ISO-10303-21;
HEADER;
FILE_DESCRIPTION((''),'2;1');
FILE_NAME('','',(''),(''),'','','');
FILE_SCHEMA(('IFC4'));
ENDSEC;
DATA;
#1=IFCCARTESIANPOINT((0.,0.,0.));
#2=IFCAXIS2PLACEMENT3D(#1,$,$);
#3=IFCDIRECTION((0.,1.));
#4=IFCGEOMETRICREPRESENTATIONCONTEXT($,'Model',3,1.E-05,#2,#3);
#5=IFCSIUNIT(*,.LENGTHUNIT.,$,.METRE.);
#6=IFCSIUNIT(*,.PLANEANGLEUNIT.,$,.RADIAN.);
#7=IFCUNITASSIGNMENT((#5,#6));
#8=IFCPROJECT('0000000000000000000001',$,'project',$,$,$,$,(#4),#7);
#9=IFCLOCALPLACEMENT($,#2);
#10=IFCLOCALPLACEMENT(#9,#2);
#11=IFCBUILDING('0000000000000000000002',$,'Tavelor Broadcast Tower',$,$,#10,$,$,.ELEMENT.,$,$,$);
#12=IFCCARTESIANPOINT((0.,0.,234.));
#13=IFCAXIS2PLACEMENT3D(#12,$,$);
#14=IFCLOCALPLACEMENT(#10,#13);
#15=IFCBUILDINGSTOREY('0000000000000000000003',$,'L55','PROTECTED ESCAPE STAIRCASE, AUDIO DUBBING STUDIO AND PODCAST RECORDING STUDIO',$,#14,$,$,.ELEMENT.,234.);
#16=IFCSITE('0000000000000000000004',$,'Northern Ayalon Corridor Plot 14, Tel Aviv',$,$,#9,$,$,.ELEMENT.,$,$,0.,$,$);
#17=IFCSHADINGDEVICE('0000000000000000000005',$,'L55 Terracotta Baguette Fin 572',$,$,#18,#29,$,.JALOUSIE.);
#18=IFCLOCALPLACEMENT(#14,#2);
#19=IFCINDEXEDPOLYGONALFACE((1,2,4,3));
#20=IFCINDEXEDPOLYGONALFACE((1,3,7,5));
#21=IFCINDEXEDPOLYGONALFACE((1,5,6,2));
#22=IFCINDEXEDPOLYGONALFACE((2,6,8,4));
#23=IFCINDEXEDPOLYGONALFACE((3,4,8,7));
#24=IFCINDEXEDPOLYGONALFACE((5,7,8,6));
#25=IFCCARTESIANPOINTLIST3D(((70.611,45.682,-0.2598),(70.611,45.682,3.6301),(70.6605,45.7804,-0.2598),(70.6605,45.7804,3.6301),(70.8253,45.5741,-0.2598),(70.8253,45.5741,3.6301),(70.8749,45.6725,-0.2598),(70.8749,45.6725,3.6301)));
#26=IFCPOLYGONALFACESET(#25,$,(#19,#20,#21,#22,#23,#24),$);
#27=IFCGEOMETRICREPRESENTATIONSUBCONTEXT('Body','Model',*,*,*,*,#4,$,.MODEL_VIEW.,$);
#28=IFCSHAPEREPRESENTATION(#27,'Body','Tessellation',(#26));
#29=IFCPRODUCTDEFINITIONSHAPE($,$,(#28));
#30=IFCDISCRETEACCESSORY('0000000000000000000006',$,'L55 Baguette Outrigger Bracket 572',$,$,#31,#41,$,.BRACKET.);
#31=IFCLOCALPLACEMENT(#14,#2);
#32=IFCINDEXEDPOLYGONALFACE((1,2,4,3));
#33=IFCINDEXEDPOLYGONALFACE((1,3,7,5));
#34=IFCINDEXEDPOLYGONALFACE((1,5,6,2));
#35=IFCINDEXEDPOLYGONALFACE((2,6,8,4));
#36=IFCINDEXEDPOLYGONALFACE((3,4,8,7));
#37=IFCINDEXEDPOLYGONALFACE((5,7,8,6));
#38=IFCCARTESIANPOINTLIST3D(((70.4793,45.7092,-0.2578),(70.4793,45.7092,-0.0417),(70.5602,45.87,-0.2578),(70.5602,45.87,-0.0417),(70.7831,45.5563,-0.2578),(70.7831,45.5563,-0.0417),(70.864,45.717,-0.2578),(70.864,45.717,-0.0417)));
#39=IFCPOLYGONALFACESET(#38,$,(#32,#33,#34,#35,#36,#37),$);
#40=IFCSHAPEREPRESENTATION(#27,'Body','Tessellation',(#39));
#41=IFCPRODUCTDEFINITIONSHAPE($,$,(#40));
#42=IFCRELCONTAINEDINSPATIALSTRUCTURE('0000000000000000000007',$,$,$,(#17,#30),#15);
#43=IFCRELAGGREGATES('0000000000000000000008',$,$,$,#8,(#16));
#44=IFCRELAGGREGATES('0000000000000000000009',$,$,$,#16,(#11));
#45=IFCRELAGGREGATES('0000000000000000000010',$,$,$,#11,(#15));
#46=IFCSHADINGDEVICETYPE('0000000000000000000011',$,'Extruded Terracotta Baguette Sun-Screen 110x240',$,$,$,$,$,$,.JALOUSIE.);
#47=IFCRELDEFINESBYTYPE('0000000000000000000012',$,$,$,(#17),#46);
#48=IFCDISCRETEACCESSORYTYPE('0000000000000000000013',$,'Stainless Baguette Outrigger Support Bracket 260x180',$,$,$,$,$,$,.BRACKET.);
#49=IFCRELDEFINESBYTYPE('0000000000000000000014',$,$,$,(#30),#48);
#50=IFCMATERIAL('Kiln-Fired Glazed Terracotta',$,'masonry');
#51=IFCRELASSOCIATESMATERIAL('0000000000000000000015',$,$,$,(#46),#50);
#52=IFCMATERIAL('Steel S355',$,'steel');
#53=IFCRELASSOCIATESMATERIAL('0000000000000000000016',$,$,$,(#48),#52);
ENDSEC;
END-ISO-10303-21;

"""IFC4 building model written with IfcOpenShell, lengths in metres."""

from ifc_helpers import new_model, si_unit, direction, frame, origin, origin_2d, place, context, subcontext, project, spatial, rectangle, extrude, source, transform, mapped, material, type_object, type_shapes, element, save


model = new_model("IFC4")

# Units and contexts
model_context = context("Model", 3, precision=1e-05, world=origin(), true_north=direction((0.0, 1.0)))
body_context = subcontext(model_context, "Body", "Model", "MODEL_VIEW")
ifc_project = project(units=[si_unit("LENGTHUNIT", "METRE"), si_unit("PLANEANGLEUNIT", "RADIAN")], contexts=[model_context])

# Site, building, storey
site_placement = place(None, origin())
site = spatial("IfcSite", under=ifc_project, at=site_placement, Name="Northern Ayalon Corridor Plot 14, Tel Aviv", CompositionType="ELEMENT", RefElevation=0.0)
building_placement = place(site_placement, origin())
building = spatial("IfcBuilding", under=site, at=building_placement, Name="Tavelor Broadcast Tower", CompositionType="ELEMENT")
storey_placement = place(building_placement, frame((0.0, 0.0, 234.0)))
storey = spatial("IfcBuildingStorey", under=building, at=storey_placement, Name="L55", Description="PROTECTED ESCAPE STAIRCASE, AUDIO DUBBING STUDIO AND PODCAST RECORDING STUDIO", CompositionType="ELEMENT", Elevation=234.0)

# Shared definitions
ifc_material_1 = material(Name="Steel S355", Category="steel")

# Shading device
ifc_material_2 = material(Name="Kiln-Fired Glazed Terracotta", Category="masonry")
shading_device_type = type_object("IfcShadingDeviceType", Name="Extruded Terracotta Baguette Sun-Screen 110x240", PredefinedType="JALOUSIE", material=ifc_material_2)
shared_shape_1 = source(origin(), body_context, "Body", "SweptSolid", [
    extrude(rectangle(XDim=0.1101, YDim=0.24, at=origin_2d()), origin(), (0.0, 0.0, 1.0), 3.8899),
])
type_shapes(shading_device_type, [shared_shape_1])
shading_device_placement = place(storey_placement, frame((70.7429, 45.6772, -0.2598), z_axis=(0.0, 0.0, 1.0), x_axis=(0.449631, 0.893214, 0.0)))
element("IfcShadingDevice", 1, at=shading_device_placement, inside=storey, type_object=shading_device_type, Name="L55 Terracotta Baguette Fin 572", PredefinedType="JALOUSIE", context=body_context, shape_type="MappedRepresentation", body=[
    mapped(shared_shape_1, transform((0.0, 0.0, 0.0), scale=1.0)),
])

# Discrete accessory
discrete_accessory_type = type_object("IfcDiscreteAccessoryType", Name="Stainless Baguette Outrigger Support Bracket 260x180", PredefinedType="BRACKET", material=ifc_material_1)
shared_shape_2 = source(origin(), body_context, "Body", "SweptSolid", [
    extrude(rectangle(XDim=0.1799, YDim=0.3401, at=origin_2d()), origin(), (0.0, 0.0, 1.0), 0.2161),
])
type_shapes(discrete_accessory_type, [shared_shape_2])
discrete_accessory_placement = place(storey_placement, frame((70.6716, 45.7131, -0.2578), z_axis=(0.0, 0.0, 1.0), x_axis=(0.449631, 0.893214, 0.0)))
element("IfcDiscreteAccessory", 2, at=discrete_accessory_placement, inside=storey, type_object=discrete_accessory_type, Name="L55 Baguette Outrigger Bracket 572", PredefinedType="BRACKET", context=body_context, shape_type="MappedRepresentation", body=[
    mapped(shared_shape_2, transform((0.0, 0.0, 0.0), scale=1.0)),
])

save(model, "model.ifc")
